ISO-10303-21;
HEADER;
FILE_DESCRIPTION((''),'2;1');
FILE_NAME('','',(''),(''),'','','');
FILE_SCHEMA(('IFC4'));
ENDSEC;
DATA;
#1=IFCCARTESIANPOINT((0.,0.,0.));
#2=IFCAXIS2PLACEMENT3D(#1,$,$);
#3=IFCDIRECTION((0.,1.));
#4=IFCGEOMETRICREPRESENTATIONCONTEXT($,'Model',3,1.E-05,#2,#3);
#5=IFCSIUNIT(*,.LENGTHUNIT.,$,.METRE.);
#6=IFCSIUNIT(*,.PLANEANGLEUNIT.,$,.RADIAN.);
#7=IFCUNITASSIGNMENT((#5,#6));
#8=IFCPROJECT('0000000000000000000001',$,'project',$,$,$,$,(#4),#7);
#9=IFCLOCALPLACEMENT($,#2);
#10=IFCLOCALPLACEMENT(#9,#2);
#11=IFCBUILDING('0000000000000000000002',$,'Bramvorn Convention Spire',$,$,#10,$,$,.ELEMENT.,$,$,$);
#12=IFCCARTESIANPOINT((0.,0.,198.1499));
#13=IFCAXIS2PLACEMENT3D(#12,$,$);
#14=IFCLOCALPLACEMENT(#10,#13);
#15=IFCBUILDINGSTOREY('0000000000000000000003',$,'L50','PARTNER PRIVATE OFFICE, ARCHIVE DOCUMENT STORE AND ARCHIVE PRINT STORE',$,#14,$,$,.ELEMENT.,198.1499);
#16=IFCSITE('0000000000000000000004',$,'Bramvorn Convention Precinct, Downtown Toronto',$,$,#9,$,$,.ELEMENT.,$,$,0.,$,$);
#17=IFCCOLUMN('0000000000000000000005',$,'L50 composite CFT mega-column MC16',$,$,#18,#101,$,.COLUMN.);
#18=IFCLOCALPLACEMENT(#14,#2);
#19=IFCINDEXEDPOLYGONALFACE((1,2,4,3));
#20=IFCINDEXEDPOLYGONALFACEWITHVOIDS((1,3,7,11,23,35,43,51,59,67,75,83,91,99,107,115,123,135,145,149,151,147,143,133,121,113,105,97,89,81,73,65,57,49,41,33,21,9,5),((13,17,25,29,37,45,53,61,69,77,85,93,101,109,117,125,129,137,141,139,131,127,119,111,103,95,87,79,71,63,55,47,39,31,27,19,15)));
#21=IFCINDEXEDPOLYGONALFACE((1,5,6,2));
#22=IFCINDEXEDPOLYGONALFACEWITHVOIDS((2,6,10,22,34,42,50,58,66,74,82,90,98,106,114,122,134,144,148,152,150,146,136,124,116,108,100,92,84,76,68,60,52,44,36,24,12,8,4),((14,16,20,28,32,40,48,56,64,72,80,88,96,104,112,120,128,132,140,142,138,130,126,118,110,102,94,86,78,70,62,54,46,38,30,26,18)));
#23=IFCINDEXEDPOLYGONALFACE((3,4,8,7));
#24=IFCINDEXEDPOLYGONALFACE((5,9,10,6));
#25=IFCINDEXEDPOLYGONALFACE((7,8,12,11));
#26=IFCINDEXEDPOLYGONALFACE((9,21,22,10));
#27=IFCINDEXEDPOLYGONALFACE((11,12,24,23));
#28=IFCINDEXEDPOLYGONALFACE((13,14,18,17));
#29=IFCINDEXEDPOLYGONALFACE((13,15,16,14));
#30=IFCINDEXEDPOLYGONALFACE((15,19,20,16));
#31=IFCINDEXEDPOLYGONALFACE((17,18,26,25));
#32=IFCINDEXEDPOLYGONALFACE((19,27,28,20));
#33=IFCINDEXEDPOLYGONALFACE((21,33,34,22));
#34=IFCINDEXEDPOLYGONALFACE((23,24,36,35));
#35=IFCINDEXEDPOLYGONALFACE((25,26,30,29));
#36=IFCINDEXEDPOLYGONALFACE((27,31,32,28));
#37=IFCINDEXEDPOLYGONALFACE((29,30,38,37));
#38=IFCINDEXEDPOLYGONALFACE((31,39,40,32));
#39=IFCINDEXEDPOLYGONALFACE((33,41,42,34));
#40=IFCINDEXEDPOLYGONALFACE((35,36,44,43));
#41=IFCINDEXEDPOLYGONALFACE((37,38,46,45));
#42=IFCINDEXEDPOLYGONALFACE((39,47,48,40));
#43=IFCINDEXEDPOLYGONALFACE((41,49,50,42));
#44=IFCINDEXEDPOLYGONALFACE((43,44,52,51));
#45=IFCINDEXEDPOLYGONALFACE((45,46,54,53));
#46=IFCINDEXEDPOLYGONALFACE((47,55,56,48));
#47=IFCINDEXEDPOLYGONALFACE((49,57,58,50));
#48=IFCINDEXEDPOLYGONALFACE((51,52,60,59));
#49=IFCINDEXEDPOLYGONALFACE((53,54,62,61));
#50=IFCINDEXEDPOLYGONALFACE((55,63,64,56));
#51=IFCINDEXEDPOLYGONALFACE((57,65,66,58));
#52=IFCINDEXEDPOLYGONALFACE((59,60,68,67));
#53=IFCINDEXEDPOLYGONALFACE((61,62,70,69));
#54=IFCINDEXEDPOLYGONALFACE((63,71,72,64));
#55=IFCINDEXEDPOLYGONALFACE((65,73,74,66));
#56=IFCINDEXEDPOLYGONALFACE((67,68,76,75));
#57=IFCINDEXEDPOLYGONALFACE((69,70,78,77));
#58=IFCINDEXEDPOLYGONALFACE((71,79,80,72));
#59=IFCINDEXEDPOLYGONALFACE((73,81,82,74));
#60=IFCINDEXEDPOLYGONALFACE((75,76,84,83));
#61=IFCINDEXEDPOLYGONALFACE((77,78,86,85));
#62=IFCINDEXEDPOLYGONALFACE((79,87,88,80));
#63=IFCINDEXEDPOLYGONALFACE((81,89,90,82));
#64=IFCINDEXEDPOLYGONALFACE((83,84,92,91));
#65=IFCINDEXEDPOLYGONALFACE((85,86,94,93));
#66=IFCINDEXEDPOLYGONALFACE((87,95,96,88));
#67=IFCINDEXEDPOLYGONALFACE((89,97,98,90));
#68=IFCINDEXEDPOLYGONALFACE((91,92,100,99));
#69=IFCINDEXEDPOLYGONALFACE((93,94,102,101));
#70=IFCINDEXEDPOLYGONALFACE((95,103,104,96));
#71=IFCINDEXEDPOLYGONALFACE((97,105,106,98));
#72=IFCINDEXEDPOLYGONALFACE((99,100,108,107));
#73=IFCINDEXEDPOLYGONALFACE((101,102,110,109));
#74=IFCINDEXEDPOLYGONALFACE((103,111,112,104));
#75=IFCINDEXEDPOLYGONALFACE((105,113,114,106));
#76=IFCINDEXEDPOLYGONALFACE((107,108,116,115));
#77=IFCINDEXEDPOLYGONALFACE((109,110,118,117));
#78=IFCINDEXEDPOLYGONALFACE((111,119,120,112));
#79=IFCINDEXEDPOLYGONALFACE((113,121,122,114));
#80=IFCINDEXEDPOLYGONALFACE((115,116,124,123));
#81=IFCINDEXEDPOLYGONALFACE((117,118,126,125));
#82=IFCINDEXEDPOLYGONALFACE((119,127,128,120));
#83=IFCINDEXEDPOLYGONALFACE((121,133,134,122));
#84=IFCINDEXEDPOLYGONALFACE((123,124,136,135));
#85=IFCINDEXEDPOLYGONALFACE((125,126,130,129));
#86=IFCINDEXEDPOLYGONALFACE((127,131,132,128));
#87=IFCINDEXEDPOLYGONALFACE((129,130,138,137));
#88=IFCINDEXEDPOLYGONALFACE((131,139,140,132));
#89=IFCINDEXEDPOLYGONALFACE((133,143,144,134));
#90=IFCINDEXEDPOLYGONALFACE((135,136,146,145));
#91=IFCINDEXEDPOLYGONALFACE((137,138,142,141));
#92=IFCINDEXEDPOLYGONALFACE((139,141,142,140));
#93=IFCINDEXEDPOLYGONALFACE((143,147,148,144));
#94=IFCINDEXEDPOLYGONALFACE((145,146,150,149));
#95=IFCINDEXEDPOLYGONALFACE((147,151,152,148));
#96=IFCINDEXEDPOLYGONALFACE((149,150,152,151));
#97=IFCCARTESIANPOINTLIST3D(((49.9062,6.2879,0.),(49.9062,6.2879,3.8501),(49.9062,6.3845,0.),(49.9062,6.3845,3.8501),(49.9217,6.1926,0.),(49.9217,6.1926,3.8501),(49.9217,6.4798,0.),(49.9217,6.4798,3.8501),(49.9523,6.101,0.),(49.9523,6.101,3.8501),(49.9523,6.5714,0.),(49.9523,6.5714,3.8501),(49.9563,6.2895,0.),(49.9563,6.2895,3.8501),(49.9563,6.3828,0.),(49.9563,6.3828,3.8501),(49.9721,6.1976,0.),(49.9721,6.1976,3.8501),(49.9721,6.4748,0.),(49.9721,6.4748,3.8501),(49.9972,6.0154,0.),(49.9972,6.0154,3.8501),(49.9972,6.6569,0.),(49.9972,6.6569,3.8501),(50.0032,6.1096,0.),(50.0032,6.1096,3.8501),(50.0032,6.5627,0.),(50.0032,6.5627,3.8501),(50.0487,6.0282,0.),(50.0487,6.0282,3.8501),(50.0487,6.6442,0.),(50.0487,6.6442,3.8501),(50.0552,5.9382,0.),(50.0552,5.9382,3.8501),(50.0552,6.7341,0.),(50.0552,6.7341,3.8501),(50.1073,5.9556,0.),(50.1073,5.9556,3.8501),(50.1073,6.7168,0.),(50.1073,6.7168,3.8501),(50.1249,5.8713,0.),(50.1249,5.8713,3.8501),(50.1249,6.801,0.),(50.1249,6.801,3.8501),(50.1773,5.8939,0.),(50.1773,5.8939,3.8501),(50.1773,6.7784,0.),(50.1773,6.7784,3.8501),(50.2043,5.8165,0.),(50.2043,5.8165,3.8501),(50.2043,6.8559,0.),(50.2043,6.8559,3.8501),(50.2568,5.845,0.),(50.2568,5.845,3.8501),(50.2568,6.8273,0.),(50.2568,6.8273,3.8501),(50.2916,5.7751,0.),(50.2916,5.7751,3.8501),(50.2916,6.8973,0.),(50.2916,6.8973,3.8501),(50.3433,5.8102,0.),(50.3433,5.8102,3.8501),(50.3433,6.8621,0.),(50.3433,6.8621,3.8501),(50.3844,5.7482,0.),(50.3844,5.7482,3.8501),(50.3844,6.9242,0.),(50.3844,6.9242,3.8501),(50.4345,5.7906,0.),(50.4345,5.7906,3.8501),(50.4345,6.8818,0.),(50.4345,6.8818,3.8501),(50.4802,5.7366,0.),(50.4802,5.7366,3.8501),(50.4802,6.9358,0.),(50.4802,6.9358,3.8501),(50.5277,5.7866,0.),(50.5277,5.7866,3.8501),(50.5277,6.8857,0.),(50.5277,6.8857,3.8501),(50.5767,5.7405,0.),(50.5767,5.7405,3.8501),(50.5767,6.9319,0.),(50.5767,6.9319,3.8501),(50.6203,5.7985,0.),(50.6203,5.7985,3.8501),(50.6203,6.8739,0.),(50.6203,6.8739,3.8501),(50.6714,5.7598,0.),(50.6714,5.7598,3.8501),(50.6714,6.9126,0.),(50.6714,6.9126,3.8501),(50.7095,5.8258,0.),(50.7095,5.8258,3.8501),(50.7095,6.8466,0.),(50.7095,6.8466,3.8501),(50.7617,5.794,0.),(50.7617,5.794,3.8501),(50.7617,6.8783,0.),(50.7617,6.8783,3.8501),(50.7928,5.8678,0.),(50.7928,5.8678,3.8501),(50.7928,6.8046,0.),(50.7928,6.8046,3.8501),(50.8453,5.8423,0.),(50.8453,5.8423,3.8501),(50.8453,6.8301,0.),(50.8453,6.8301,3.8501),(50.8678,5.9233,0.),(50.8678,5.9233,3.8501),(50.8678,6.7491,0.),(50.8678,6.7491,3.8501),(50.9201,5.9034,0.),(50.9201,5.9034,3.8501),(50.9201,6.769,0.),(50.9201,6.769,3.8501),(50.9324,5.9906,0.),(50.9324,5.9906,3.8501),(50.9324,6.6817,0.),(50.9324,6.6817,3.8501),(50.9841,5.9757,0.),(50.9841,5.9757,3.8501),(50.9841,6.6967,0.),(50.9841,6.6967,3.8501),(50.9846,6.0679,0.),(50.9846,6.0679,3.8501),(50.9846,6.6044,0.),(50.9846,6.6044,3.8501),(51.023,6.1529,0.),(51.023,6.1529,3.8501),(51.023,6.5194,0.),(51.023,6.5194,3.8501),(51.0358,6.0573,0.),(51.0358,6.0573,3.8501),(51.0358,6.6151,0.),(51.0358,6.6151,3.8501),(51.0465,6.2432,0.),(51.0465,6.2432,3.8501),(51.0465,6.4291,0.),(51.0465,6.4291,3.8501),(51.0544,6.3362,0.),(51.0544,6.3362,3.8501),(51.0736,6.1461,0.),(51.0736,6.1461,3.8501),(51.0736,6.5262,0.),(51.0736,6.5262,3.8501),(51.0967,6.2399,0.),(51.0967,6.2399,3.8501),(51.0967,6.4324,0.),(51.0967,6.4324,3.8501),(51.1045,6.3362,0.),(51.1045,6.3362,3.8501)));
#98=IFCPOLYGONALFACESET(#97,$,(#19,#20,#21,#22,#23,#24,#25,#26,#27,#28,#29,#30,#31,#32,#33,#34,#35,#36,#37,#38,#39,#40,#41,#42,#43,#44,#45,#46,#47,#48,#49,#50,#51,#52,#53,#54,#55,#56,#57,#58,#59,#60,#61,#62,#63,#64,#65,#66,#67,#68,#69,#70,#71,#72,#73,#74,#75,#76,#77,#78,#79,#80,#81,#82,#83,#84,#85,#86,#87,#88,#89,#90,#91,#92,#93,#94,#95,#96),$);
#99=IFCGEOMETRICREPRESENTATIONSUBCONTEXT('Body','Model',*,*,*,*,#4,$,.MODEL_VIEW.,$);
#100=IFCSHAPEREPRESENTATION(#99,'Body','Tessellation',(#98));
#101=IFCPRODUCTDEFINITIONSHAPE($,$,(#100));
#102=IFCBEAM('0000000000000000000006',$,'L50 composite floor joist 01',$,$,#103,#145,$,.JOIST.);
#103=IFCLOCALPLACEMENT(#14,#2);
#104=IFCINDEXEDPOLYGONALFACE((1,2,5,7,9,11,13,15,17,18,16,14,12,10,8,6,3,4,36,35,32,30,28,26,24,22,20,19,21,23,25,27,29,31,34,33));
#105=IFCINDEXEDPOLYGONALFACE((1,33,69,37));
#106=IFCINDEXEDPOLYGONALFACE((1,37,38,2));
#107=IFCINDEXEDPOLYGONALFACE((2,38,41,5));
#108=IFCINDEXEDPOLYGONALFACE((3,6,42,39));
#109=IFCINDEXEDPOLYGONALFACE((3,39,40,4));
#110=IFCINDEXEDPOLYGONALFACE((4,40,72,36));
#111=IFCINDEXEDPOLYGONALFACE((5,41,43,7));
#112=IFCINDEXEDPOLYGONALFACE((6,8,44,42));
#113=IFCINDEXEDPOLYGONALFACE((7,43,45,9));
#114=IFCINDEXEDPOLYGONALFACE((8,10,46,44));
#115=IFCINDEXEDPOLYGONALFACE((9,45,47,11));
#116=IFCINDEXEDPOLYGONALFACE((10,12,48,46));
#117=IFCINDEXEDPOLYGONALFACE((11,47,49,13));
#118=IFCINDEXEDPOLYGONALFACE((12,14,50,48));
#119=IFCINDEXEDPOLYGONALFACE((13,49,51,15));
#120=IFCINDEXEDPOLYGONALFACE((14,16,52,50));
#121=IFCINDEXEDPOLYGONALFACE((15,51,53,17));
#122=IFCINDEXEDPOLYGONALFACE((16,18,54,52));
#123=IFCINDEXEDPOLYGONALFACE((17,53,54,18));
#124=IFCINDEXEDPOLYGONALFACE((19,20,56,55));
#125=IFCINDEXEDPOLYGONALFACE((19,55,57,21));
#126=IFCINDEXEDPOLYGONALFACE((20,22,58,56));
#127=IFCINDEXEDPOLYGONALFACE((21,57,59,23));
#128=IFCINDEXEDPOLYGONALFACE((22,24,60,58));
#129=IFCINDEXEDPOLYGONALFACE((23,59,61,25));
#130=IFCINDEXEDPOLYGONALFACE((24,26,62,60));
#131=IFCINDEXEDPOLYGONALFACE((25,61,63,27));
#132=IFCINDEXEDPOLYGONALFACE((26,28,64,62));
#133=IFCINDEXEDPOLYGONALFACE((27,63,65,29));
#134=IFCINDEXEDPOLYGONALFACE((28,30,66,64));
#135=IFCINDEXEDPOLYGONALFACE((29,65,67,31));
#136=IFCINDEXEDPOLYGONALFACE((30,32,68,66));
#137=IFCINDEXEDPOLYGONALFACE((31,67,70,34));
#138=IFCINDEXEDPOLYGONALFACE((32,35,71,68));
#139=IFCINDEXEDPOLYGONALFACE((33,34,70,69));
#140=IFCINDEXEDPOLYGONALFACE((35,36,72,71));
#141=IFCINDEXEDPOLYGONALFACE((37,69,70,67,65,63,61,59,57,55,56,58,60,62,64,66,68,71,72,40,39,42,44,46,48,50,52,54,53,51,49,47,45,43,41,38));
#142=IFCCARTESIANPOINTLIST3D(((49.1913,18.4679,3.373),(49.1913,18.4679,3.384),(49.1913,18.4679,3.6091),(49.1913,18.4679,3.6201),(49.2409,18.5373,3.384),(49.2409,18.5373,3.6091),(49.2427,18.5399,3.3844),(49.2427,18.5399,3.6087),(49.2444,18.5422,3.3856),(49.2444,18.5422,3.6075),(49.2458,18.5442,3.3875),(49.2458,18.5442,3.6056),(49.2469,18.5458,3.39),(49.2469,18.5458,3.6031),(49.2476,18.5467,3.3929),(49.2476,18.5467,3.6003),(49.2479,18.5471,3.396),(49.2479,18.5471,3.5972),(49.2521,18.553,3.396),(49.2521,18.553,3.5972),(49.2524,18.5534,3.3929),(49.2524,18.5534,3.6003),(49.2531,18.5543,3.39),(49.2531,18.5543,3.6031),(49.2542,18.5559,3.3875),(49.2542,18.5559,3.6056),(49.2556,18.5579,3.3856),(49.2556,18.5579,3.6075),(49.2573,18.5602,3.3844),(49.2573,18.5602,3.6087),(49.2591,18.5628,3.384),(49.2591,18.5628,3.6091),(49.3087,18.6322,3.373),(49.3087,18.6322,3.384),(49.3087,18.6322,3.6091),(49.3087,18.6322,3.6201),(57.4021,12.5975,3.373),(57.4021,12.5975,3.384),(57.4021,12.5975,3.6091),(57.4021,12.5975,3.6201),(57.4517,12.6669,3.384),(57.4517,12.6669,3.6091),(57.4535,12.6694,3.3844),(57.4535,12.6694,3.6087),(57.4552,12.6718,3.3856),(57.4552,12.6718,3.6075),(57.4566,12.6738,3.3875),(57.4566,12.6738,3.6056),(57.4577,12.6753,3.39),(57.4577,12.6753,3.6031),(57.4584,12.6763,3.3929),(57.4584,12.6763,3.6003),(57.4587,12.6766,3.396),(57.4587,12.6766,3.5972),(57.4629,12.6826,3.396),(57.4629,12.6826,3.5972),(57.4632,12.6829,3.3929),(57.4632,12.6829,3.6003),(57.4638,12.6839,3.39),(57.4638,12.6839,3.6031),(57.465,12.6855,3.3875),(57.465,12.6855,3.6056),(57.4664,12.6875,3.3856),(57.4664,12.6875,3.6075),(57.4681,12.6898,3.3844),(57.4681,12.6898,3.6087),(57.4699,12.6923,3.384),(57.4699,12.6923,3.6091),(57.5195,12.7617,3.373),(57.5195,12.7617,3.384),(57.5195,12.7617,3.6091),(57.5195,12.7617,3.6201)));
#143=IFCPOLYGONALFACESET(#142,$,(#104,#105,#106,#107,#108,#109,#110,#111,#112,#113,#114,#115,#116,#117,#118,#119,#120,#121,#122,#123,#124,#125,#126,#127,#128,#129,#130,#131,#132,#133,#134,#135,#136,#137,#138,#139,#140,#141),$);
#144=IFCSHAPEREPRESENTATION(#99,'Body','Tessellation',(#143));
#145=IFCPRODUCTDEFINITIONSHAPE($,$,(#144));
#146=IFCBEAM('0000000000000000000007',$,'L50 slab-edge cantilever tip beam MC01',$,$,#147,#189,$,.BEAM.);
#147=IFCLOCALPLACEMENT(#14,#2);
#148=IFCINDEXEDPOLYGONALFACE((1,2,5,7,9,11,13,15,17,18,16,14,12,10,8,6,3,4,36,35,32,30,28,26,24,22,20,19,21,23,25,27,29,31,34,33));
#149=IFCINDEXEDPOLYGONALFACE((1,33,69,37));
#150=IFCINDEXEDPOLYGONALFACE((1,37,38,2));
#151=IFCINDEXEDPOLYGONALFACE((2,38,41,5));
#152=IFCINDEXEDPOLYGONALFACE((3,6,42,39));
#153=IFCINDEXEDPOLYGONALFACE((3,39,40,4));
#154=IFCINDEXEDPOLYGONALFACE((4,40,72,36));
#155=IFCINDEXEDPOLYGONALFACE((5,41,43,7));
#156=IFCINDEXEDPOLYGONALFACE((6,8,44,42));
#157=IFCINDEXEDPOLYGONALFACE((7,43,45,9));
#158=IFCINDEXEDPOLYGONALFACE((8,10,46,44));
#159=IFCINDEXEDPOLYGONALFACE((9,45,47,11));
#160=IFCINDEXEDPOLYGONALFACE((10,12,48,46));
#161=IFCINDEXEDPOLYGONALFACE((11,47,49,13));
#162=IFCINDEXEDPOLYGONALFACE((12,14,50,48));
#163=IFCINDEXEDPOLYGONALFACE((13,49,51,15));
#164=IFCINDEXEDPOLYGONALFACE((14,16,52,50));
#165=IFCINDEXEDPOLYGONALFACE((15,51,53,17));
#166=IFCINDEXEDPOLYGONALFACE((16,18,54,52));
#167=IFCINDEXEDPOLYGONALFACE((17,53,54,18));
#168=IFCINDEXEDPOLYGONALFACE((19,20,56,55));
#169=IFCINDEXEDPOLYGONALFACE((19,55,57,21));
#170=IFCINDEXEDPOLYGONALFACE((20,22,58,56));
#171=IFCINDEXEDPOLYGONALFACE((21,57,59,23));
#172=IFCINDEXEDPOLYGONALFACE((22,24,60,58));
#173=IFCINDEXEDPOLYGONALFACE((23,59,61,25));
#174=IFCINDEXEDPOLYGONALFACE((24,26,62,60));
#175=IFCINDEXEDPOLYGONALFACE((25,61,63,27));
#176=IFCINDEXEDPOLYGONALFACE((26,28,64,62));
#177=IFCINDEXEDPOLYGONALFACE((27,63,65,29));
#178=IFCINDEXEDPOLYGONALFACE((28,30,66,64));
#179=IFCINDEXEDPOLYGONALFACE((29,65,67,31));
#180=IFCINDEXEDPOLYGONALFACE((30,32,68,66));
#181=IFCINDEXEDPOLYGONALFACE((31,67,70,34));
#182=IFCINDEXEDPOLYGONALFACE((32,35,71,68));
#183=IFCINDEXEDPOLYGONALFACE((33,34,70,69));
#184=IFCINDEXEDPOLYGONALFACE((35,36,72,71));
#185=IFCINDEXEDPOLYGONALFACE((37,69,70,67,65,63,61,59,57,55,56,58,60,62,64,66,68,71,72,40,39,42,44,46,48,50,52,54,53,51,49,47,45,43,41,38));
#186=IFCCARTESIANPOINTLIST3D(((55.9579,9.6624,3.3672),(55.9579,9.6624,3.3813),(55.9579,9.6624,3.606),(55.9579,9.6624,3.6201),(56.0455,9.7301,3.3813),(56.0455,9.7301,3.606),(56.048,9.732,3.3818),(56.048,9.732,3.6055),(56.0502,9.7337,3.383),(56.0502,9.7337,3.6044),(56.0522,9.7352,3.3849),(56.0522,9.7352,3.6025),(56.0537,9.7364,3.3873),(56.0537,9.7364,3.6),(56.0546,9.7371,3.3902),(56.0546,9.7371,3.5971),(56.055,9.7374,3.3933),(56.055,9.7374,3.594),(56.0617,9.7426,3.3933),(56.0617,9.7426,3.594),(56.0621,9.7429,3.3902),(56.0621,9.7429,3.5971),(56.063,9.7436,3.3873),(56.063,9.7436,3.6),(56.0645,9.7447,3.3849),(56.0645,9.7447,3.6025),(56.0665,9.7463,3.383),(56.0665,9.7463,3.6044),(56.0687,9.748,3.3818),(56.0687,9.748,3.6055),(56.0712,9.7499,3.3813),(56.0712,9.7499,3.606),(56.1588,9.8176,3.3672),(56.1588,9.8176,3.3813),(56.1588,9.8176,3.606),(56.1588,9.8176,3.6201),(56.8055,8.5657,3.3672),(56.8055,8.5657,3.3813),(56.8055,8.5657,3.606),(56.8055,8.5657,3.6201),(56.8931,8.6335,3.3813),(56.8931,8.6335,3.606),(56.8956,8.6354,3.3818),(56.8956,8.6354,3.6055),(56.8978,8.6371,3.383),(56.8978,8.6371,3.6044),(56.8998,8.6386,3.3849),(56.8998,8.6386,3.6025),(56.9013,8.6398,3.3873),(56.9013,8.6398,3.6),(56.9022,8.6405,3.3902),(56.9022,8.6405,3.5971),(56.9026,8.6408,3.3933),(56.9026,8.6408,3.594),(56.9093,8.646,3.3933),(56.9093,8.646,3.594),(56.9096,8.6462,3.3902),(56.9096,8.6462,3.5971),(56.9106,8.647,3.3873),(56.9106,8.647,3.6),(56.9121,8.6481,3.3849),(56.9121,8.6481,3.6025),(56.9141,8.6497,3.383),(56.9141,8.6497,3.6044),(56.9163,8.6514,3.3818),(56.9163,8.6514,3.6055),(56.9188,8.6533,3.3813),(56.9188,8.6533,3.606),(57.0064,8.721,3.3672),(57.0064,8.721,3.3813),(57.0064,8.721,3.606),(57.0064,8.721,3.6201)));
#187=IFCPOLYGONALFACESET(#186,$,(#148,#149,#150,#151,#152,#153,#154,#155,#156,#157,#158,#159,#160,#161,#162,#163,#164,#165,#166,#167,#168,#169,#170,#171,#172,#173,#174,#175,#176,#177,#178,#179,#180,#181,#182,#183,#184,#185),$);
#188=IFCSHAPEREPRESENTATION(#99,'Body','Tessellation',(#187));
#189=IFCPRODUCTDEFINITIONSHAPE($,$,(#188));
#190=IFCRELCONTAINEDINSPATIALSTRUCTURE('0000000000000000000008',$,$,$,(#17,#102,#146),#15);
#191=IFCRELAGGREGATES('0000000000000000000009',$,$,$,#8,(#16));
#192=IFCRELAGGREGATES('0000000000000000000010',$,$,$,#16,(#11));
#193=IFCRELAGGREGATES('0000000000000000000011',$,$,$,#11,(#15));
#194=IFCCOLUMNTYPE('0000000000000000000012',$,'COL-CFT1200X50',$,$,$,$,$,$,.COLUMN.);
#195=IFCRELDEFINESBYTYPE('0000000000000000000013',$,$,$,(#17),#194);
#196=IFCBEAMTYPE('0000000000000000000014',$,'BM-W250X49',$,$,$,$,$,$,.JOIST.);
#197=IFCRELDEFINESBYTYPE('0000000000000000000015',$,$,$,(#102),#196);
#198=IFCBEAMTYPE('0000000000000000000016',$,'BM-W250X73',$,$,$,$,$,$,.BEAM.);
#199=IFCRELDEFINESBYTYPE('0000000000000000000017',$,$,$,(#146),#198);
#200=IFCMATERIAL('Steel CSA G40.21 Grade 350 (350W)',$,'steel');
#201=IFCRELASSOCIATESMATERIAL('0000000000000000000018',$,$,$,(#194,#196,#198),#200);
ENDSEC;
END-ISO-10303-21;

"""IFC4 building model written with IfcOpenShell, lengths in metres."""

from ifc_helpers import new_model, si_unit, direction, frame, origin, origin_2d, place, context, subcontext, project, spatial, hollow_circle, i_section, extrude, material, material_profile, profile_set, type_object, element, save


model = new_model("IFC4")

# Units and contexts
model_context = context("Model", 3, precision=1e-05, world=origin(), true_north=direction((0.0, 1.0)))
body_context = subcontext(model_context, "Body", "Model", "MODEL_VIEW")
ifc_project = project(units=[si_unit("LENGTHUNIT", "METRE"), si_unit("PLANEANGLEUNIT", "RADIAN")], contexts=[model_context])

# Site, building, storey
site_placement = place(None, origin())
site = spatial("IfcSite", under=ifc_project, at=site_placement, Name="Bramvorn Convention Precinct, Downtown Toronto", CompositionType="ELEMENT", RefElevation=0.0)
building_placement = place(site_placement, origin())
building = spatial("IfcBuilding", under=site, at=building_placement, Name="Bramvorn Convention Spire", CompositionType="ELEMENT")
storey_placement = place(building_placement, frame((0.0, 0.0, 198.1499)))
storey = spatial("IfcBuildingStorey", under=building, at=storey_placement, Name="L50", Description="PARTNER PRIVATE OFFICE, ARCHIVE DOCUMENT STORE AND ARCHIVE PRINT STORE", CompositionType="ELEMENT", Elevation=198.1499)

# Column
ifc_material_1 = material(Name="Steel CSA G40.21 Grade 350 (350W)", Category="steel")
ifc_material_profile_1 = material_profile(ifc_material_1, hollow_circle(Radius=0.6001, WallThickness=0.05, at=origin_2d()))
ifc_profile_set_1 = profile_set([ifc_material_profile_1], Name="Steel CSA G40.21 Grade 350 (350W) - CFT1200X50")
column_type = type_object("IfcColumnType", Name="COL-CFT1200X50", PredefinedType="COLUMN", material=ifc_profile_set_1)
for number, where, z_axis, x_axis, name in (
    (1, (50.5044, 6.3362, 0.0), (0.0, 0.0, 1.0), (1.0, 0.0, 0.0), "L50 composite CFT mega-column MC16"),
):
    element("IfcColumn", number, at=place(storey_placement, frame(where, z_axis=z_axis, x_axis=x_axis)), inside=storey, type_object=column_type, Name=name, PredefinedType="COLUMN", context=body_context, shape_type="SweptSolid", body=[
        extrude(hollow_circle(Radius=0.6001, WallThickness=0.05, at=origin_2d()), origin(), (0.0, 0.0, 1.0), 3.8501),
    ])

# Beams
ifc_material_profile_2 = material_profile(ifc_material_1, i_section(OverallWidth=0.2019, OverallDepth=0.2471, WebThickness=0.0073, FlangeThickness=0.011, FilletRadius=0.012, at=origin_2d()))
ifc_profile_set_2 = profile_set([ifc_material_profile_2], Name="Steel CSA G40.21 Grade 350 (350W) - W250X49")
beam_type_1 = type_object("IfcBeamType", Name="BM-W250X49", PredefinedType="JOIST", material=ifc_profile_set_2)
beam_1_placement = place(storey_placement, frame((49.25, 18.55, 3.4966), z_axis=(0.813472, -0.581604, 0.0), x_axis=(0.581604, 0.813472, 0.0)))
element("IfcBeam", 2, at=beam_1_placement, inside=storey, type_object=beam_type_1, Name="L50 composite floor joist 01", PredefinedType="JOIST", context=body_context, shape_type="SweptSolid", body=[
    extrude(i_section(OverallWidth=0.2019, OverallDepth=0.2471, WebThickness=0.0073, FlangeThickness=0.011, FilletRadius=0.012, at=origin_2d()), origin(), (0.0, 0.0, 1.0), 10.0935),
])
ifc_material_profile_3 = material_profile(ifc_material_1, i_section(OverallWidth=0.2539, OverallDepth=0.2529, WebThickness=0.0085, FlangeThickness=0.0142, FilletRadius=0.012, at=origin_2d()))
ifc_profile_set_3 = profile_set([ifc_material_profile_3], Name="Steel CSA G40.21 Grade 350 (350W) - W250X73")
beam_type_2 = type_object("IfcBeamType", Name="BM-W250X73", PredefinedType="BEAM", material=ifc_profile_set_3)
beam_2_placement = place(storey_placement, frame((56.0583, 9.74, 3.4937), z_axis=(0.611548, -0.791208, 0.0), x_axis=(0.791208, 0.611548, 0.0)))
element("IfcBeam", 3, at=beam_2_placement, inside=storey, type_object=beam_type_2, Name="L50 slab-edge cantilever tip beam MC01", PredefinedType="BEAM", context=body_context, shape_type="SweptSolid", body=[
    extrude(i_section(OverallWidth=0.2539, OverallDepth=0.2529, WebThickness=0.0085, FlangeThickness=0.0142, FilletRadius=0.012, at=origin_2d()), origin(), (0.0, 0.0, 1.0), 1.386),
])

save(model, "model.ifc")
